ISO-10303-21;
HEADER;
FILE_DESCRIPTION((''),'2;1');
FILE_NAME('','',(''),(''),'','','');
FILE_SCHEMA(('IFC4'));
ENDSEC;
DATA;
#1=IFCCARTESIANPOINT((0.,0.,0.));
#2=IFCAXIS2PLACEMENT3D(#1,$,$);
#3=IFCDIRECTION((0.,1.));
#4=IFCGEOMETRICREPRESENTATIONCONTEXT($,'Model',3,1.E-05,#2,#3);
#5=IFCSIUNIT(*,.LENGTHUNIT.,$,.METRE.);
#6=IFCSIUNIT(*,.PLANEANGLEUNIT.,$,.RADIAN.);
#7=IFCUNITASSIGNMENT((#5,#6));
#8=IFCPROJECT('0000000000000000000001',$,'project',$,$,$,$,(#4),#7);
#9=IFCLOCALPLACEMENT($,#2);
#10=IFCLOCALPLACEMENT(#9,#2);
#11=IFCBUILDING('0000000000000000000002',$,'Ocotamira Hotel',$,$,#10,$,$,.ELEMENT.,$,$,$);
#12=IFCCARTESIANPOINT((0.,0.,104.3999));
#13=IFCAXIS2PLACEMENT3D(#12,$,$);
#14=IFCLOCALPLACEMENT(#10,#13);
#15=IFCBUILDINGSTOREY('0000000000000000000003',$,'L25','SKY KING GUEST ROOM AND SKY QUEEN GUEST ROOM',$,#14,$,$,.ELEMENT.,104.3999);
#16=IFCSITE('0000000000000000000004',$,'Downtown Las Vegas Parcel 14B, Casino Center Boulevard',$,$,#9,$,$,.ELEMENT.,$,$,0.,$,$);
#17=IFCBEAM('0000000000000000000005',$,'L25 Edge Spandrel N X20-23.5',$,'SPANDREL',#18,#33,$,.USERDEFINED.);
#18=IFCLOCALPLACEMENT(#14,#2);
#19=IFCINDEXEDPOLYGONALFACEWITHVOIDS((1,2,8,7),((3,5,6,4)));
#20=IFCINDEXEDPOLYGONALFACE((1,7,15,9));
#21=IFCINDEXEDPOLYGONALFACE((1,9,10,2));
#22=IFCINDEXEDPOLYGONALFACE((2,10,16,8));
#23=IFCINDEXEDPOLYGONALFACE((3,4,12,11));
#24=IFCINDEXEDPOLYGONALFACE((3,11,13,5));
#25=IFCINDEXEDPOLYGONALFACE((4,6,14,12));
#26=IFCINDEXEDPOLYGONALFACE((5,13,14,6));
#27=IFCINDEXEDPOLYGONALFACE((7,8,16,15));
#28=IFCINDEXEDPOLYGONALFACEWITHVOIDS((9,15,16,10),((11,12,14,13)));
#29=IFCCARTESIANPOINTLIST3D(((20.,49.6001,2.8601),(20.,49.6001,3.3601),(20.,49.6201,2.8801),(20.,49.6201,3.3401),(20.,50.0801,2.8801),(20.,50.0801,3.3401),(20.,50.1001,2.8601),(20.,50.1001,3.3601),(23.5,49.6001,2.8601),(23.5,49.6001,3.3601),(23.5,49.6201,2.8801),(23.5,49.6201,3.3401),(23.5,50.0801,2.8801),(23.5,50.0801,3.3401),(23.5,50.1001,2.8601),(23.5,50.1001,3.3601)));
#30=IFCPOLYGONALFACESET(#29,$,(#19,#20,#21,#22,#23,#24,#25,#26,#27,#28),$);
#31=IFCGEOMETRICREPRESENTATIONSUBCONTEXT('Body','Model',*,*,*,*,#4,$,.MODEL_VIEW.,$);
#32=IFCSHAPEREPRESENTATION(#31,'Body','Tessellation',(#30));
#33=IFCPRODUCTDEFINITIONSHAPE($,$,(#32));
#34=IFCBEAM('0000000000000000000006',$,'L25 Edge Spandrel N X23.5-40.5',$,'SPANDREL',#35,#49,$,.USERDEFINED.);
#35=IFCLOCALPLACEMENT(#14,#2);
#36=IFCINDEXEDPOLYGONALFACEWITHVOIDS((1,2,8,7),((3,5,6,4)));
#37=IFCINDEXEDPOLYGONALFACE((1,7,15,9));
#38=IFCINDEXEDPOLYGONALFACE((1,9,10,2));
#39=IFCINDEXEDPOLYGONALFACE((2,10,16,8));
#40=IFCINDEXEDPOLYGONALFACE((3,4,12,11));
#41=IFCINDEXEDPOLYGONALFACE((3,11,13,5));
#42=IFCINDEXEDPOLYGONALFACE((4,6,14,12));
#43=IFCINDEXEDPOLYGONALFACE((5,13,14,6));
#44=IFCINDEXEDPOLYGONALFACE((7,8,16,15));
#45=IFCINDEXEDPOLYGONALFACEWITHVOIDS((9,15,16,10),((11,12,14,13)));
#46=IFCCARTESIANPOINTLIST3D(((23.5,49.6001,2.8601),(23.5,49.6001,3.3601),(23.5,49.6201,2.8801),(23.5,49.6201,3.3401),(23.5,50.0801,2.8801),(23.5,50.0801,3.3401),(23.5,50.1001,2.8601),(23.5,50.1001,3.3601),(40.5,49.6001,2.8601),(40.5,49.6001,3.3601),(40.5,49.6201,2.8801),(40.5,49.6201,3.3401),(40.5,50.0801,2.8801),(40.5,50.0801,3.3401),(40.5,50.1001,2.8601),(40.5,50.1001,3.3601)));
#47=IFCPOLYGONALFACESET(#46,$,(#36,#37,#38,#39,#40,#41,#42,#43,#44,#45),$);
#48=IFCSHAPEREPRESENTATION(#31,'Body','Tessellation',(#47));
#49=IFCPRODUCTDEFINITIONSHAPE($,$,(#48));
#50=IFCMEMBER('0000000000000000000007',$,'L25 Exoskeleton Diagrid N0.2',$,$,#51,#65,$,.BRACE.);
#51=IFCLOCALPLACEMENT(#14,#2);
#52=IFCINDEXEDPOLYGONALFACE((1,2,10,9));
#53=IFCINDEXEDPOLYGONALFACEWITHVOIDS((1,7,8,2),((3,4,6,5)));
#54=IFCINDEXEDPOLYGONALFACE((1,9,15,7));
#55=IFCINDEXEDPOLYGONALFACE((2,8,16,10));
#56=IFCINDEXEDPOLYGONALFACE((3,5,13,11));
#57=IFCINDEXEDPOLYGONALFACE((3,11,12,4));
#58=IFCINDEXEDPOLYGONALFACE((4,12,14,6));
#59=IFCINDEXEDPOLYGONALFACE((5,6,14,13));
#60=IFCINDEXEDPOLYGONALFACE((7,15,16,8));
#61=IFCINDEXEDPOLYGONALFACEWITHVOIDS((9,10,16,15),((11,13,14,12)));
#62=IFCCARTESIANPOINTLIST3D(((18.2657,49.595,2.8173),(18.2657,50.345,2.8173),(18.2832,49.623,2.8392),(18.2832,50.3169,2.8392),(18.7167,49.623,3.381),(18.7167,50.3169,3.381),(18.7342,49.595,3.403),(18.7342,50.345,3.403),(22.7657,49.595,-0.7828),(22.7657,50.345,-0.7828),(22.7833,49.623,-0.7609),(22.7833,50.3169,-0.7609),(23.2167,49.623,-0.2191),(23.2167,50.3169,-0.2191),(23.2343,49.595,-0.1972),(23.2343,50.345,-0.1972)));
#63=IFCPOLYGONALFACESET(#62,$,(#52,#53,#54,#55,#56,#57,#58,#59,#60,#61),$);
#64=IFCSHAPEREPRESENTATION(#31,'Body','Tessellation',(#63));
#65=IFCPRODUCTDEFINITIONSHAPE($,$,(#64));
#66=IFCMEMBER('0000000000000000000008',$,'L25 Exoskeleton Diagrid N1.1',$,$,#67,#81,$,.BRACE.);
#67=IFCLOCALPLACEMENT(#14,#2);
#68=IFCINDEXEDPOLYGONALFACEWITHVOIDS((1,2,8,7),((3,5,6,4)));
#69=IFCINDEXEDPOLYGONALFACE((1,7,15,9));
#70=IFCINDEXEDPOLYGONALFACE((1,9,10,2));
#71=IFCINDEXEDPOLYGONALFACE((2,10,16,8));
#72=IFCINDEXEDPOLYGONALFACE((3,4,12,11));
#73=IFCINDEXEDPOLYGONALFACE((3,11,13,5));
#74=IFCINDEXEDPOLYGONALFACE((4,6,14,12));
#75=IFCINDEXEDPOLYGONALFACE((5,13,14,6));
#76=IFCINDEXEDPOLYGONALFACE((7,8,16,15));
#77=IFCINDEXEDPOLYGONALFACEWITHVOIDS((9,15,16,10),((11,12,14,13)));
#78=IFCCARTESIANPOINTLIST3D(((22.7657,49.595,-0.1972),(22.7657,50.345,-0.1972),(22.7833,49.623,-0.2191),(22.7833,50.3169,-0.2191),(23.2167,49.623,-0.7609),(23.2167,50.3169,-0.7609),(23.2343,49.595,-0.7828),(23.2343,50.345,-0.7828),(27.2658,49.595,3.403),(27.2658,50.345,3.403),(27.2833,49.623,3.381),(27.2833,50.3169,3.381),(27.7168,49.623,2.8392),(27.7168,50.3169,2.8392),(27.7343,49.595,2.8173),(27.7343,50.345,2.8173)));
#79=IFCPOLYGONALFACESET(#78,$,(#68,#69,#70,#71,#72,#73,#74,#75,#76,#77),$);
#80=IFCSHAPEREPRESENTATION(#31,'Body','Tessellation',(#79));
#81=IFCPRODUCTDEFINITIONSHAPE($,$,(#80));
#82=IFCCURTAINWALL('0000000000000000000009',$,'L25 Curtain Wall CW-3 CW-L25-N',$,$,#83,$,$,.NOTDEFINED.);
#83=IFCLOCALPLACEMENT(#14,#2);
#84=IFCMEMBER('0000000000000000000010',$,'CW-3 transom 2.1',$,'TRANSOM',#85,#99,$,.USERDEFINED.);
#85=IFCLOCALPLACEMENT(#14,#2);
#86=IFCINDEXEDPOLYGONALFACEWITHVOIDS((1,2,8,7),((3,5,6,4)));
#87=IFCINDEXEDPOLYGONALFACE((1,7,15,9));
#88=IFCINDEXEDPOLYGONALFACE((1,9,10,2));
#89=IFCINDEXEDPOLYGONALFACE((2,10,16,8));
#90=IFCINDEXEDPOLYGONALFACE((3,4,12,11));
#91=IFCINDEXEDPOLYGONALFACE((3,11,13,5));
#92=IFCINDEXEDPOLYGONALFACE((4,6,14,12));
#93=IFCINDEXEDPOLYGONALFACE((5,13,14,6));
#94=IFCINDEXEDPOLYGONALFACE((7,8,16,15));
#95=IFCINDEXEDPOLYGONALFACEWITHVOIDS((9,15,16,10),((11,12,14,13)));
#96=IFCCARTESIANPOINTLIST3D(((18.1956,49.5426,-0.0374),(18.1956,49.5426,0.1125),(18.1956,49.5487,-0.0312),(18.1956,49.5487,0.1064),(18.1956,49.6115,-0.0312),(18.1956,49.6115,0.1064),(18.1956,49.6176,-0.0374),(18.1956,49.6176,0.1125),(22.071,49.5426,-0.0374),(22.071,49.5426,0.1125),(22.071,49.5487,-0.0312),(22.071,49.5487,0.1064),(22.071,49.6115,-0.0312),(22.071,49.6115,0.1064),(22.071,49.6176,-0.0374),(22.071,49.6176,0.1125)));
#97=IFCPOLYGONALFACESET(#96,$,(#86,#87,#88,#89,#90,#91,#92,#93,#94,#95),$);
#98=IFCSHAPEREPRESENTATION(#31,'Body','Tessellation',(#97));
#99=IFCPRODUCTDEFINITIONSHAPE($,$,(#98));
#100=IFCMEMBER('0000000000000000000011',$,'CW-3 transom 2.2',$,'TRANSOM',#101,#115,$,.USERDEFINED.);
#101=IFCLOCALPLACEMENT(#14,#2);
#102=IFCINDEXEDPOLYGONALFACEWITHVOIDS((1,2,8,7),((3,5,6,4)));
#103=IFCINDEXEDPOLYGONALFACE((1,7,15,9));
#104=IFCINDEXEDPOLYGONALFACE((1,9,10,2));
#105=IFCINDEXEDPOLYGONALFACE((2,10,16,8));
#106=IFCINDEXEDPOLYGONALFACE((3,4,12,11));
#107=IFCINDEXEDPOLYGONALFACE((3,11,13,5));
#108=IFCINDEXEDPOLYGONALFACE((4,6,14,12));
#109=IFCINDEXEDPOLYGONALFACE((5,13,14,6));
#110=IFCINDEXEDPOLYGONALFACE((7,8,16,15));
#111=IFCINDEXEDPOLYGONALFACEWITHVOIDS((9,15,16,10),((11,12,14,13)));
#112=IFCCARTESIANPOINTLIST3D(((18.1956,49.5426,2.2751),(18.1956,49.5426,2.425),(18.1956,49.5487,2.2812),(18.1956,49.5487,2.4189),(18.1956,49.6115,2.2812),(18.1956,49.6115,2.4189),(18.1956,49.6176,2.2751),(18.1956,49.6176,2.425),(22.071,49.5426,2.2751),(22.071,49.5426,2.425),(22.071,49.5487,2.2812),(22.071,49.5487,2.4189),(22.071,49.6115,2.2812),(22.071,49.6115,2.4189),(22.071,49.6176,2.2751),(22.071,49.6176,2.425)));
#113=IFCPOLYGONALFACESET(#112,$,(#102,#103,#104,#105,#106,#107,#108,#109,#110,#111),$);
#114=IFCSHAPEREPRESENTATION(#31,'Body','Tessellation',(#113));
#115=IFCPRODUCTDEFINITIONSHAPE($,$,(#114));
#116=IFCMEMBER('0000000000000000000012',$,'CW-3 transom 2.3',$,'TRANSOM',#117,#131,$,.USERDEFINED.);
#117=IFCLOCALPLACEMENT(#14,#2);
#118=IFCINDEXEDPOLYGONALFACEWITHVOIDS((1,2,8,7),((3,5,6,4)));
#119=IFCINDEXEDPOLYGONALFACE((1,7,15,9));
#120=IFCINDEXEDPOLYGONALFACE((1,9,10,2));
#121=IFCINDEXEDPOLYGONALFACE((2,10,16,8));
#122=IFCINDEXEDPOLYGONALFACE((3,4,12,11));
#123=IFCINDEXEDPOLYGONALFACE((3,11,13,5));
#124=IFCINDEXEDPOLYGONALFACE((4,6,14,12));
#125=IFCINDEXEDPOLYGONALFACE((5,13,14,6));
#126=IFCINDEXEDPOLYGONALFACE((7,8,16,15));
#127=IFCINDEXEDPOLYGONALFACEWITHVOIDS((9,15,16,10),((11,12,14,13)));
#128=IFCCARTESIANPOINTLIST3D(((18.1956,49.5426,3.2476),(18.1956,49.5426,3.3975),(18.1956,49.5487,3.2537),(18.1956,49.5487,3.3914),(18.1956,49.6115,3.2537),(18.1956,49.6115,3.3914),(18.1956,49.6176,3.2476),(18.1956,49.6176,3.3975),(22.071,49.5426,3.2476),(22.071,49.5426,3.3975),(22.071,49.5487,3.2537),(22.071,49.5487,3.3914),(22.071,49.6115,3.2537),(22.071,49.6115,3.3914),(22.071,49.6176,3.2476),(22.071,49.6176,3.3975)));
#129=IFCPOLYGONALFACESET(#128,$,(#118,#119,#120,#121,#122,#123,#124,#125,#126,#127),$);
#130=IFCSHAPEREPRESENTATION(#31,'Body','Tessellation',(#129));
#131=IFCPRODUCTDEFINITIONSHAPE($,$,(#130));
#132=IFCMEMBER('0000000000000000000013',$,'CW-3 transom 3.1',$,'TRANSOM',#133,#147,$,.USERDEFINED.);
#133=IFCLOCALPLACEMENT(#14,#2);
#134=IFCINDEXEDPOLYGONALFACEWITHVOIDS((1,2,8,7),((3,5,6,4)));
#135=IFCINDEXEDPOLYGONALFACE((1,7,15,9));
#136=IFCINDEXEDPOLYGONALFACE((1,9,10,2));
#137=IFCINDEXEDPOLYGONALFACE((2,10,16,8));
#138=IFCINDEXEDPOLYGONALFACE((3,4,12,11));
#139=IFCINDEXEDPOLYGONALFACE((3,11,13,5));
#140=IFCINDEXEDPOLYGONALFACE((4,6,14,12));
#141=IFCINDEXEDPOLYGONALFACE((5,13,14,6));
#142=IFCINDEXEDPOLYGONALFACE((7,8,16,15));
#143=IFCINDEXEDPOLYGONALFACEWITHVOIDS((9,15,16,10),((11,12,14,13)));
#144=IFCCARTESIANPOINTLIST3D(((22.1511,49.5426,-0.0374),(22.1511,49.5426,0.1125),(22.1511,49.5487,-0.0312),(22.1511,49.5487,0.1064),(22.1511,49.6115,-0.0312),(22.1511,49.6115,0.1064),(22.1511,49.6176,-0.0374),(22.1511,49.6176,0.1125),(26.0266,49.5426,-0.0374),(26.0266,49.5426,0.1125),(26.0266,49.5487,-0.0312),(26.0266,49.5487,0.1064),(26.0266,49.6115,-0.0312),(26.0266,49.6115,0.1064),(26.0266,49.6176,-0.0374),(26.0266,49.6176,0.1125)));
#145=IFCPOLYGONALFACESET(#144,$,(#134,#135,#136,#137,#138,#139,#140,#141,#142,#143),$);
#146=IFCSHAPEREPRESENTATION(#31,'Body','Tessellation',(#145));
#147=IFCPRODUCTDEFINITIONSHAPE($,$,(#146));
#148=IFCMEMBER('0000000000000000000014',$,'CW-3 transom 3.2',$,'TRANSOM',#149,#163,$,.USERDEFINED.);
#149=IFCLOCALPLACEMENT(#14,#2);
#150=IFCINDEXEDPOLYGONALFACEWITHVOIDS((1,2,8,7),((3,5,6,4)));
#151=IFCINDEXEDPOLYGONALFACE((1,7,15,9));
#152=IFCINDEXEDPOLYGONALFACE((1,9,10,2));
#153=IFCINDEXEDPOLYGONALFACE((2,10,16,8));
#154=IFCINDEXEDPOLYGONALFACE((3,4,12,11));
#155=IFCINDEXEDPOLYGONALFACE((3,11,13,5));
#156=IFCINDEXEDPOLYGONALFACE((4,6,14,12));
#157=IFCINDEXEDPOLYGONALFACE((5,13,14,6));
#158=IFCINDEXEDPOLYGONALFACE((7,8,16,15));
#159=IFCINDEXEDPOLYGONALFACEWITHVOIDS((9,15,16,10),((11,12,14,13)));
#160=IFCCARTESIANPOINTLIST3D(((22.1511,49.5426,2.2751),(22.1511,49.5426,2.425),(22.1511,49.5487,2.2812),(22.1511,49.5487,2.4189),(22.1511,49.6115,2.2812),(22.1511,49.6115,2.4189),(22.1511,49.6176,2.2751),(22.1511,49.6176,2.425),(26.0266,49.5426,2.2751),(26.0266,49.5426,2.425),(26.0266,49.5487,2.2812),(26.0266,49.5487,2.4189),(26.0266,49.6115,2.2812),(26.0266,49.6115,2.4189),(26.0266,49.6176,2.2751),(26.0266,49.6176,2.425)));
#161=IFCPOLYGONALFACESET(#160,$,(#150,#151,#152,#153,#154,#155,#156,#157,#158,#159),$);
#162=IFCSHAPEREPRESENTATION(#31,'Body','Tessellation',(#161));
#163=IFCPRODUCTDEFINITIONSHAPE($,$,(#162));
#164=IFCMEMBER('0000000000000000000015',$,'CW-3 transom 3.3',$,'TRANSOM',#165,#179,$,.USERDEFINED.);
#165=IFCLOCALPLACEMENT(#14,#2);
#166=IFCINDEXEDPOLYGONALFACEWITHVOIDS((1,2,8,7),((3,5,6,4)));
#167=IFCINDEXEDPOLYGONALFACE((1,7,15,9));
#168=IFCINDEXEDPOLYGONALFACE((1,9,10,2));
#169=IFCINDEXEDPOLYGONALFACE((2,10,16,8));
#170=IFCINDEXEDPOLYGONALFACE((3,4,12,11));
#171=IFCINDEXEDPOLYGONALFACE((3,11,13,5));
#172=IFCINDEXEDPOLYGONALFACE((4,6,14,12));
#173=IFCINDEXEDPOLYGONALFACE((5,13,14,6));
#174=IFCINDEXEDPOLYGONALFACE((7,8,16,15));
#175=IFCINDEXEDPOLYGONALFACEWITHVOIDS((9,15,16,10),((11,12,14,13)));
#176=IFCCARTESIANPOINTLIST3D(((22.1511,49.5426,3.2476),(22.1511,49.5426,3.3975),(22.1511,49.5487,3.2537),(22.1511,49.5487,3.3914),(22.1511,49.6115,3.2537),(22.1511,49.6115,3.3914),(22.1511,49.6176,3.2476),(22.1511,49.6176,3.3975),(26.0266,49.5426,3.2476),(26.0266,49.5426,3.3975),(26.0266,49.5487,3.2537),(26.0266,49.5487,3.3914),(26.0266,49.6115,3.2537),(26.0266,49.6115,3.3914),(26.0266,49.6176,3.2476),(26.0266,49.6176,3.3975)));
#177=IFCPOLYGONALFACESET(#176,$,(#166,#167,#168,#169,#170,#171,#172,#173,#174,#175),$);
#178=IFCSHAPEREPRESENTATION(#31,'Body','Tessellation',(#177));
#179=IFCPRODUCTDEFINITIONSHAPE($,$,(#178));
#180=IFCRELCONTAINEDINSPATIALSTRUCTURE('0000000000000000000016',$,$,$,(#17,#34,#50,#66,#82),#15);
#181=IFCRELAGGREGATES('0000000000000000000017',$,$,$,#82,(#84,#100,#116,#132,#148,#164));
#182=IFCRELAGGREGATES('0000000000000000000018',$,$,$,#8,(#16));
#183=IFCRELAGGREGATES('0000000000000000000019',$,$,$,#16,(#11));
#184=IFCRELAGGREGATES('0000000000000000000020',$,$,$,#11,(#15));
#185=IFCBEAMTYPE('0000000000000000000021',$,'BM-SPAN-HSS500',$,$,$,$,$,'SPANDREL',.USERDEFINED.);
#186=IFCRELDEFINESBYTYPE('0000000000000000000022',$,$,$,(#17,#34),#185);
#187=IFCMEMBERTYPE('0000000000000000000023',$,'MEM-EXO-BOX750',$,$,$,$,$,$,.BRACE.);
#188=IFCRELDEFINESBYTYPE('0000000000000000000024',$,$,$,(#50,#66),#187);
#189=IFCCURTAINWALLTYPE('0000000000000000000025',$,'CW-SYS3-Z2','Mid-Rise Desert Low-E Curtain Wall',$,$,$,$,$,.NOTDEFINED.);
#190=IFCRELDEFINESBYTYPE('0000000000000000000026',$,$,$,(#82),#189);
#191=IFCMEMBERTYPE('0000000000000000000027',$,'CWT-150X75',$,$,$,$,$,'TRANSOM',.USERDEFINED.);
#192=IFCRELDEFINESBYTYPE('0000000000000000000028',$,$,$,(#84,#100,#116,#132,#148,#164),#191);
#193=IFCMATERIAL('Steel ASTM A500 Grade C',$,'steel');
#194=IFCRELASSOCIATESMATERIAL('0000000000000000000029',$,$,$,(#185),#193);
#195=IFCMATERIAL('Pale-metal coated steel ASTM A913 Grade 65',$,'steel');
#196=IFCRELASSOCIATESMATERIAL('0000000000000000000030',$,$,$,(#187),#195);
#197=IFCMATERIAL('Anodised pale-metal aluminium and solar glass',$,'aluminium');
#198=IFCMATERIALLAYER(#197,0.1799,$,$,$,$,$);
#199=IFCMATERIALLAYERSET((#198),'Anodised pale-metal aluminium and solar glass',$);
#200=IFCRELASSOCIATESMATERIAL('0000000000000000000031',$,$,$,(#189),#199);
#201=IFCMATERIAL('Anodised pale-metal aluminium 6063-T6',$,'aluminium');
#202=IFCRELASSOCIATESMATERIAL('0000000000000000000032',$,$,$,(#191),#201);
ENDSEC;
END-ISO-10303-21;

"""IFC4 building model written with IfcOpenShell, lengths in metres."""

from ifc_helpers import new_model, si_unit, direction, frame, origin, origin_2d, place, context, subcontext, project, spatial, hollow_rectangle, extrude, source, transform, mapped, material, layer, layer_set, material_profile, profile_set, type_object, element, aggregate, save


model = new_model("IFC4")

# Units and contexts
model_context = context("Model", 3, precision=1e-05, world=origin(), true_north=direction((0.0, 1.0)))
body_context = subcontext(model_context, "Body", "Model", "MODEL_VIEW")
ifc_project = project(units=[si_unit("LENGTHUNIT", "METRE"), si_unit("PLANEANGLEUNIT", "RADIAN")], contexts=[model_context])

# Site, building, storey
site_placement = place(None, origin())
site = spatial("IfcSite", under=ifc_project, at=site_placement, Name="Downtown Las Vegas Parcel 14B, Casino Center Boulevard", CompositionType="ELEMENT", RefElevation=0.0)
building_placement = place(site_placement, origin())
building = spatial("IfcBuilding", under=site, at=building_placement, Name="Ocotamira Hotel", CompositionType="ELEMENT")
storey_placement = place(building_placement, frame((0.0, 0.0, 104.3999)))
storey = spatial("IfcBuildingStorey", under=building, at=storey_placement, Name="L25", Description="SKY KING GUEST ROOM AND SKY QUEEN GUEST ROOM", CompositionType="ELEMENT", Elevation=104.3999)

# Beams
ifc_material_1 = material(Name="Steel ASTM A500 Grade C", Category="steel")
ifc_material_profile_1 = material_profile(ifc_material_1, hollow_rectangle(XDim=0.5, YDim=0.5, WallThickness=0.02, at=origin_2d()), Name="HSS500X500X20")
ifc_profile_set_1 = profile_set([ifc_material_profile_1], Name="Steel ASTM A500 Grade C")
beam_type_1 = type_object("IfcBeamType", Name="BM-SPAN-HSS500", ElementType="SPANDREL", PredefinedType="USERDEFINED", material=ifc_profile_set_1)
shared_shape_1 = source(origin(), body_context, "Body", "SweptSolid", [
    extrude(hollow_rectangle(XDim=0.5, YDim=0.5, WallThickness=0.02, at=origin_2d()), origin(), (0.0, 0.0, 1.0), 3.5),
])
beam_1_placement = place(storey_placement, frame((20.0, 49.8501, 3.1101), z_axis=(1.0, 0.0, 0.0), x_axis=(0.0, 1.0, 0.0)))
element("IfcBeam", 1, at=beam_1_placement, inside=storey, type_object=beam_type_1, Name="L25 Edge Spandrel N X20-23.5", ObjectType="SPANDREL", PredefinedType="USERDEFINED", context=body_context, shape_type="MappedRepresentation", body=[
    mapped(shared_shape_1, transform((0.0, 0.0, 0.0), scale=1.0)),
])
shared_shape_2 = source(origin(), body_context, "Body", "SweptSolid", [
    extrude(hollow_rectangle(XDim=0.5, YDim=0.5, WallThickness=0.02, at=origin_2d()), origin(), (0.0, 0.0, 1.0), 17.0),
])
beam_2_placement = place(storey_placement, frame((23.5, 49.8501, 3.1101), z_axis=(1.0, 0.0, 0.0), x_axis=(0.0, 1.0, 0.0)))
element("IfcBeam", 2, at=beam_2_placement, inside=storey, type_object=beam_type_1, Name="L25 Edge Spandrel N X23.5-40.5", ObjectType="SPANDREL", PredefinedType="USERDEFINED", context=body_context, shape_type="MappedRepresentation", body=[
    mapped(shared_shape_2, transform((0.0, 0.0, 0.0), scale=1.0)),
])

# Members
ifc_material_2 = material(Name="Pale-metal coated steel ASTM A913 Grade 65", Category="steel")
ifc_material_profile_2 = material_profile(ifc_material_2, hollow_rectangle(XDim=0.75, YDim=0.75, WallThickness=0.0281, at=origin_2d()), Name="BOX750X750X28")
ifc_profile_set_2 = profile_set([ifc_material_profile_2], Name="Pale-metal coated steel ASTM A913 Grade 65")
member_type_1 = type_object("IfcMemberType", Name="MEM-EXO-BOX750", PredefinedType="BRACE", material=ifc_profile_set_2)
shared_shape_3 = source(origin(), body_context, "Body", "SweptSolid", [
    extrude(hollow_rectangle(XDim=0.75, YDim=0.75, WallThickness=0.0281, at=origin_2d()), origin(), (0.0, 0.0, 1.0), 5.7629),
])
for number, where, z_axis, x_axis, name in (
    (3, (23.0, 49.97, -0.49), (-0.780861, 0.0, 0.624705), (0.0, -1.0, 0.0), "L25 Exoskeleton Diagrid N0.2"),
    (4, (23.0, 49.97, -0.49), (0.780861, 0.0, 0.624705), (0.0, 1.0, 0.0), "L25 Exoskeleton Diagrid N1.1"),
):
    element("IfcMember", number, at=place(storey_placement, frame(where, z_axis=z_axis, x_axis=x_axis)), inside=storey, type_object=member_type_1, Name=name, PredefinedType="BRACE", context=body_context, shape_type="MappedRepresentation", body=[
        mapped(shared_shape_3, transform((0.0, 0.0, 0.0), scale=1.0)),
    ])

# Curtain wall, members
ifc_material_3 = material(Name="Anodised pale-metal aluminium and solar glass", Category="aluminium")
ifc_layer_1 = layer(ifc_material_3, 0.1799)
ifc_layer_set_1 = layer_set([ifc_layer_1], Name="Anodised pale-metal aluminium and solar glass")
curtain_wall_type_1 = type_object("IfcCurtainWallType", Name="CW-SYS3-Z2", Description="Mid-Rise Desert Low-E Curtain Wall", PredefinedType="NOTDEFINED", material=ifc_layer_set_1)
curtain_wall_1_placement = place(storey_placement, origin())
curtain_wall_1 = element("IfcCurtainWall", 5, at=curtain_wall_1_placement, inside=storey, type_object=curtain_wall_type_1, Name="L25 Curtain Wall CW-3 CW-L25-N", PredefinedType="NOTDEFINED")
ifc_material_4 = material(Name="Anodised pale-metal aluminium 6063-T6", Category="aluminium")
ifc_material_profile_3 = material_profile(ifc_material_4, hollow_rectangle(XDim=0.075, YDim=0.1499, WallThickness=0.0061, at=origin_2d()), Name="HSS150X75X6")
ifc_profile_set_3 = profile_set([ifc_material_profile_3], Name="Anodised pale-metal aluminium 6063-T6")
member_type_2 = type_object("IfcMemberType", Name="CWT-150X75", ElementType="TRANSOM", PredefinedType="USERDEFINED", material=ifc_profile_set_3)
shared_shape_4 = source(origin(), body_context, "Body", "SweptSolid", [
    extrude(hollow_rectangle(XDim=0.075, YDim=0.1499, WallThickness=0.0061, at=origin_2d()), origin(), (0.0, 0.0, 1.0), 3.8755),
])
member_1_placement = place(storey_placement, frame((18.1956, 49.5801, 0.0376), z_axis=(1.0, 0.0, 0.0), x_axis=(0.0, 1.0, 0.0)))
member_1 = element("IfcMember", 6, at=member_1_placement, type_object=member_type_2, Name="CW-3 transom 2.1", ObjectType="TRANSOM", PredefinedType="USERDEFINED", context=body_context, shape_type="MappedRepresentation", body=[
    mapped(shared_shape_4, transform((0.0, 0.0, 0.0), scale=1.0)),
])
member_2_placement = place(storey_placement, frame((18.1956, 49.5801, 2.3501), z_axis=(1.0, 0.0, 0.0), x_axis=(0.0, 1.0, 0.0)))
member_2 = element("IfcMember", 7, at=member_2_placement, type_object=member_type_2, Name="CW-3 transom 2.2", ObjectType="TRANSOM", PredefinedType="USERDEFINED", context=body_context, shape_type="MappedRepresentation", body=[
    mapped(shared_shape_4, transform((0.0, 0.0, 0.0), scale=1.0)),
])
member_3_placement = place(storey_placement, frame((18.1956, 49.5801, 3.3225), z_axis=(1.0, 0.0, 0.0), x_axis=(0.0, 1.0, 0.0)))
member_3 = element("IfcMember", 8, at=member_3_placement, type_object=member_type_2, Name="CW-3 transom 2.3", ObjectType="TRANSOM", PredefinedType="USERDEFINED", context=body_context, shape_type="MappedRepresentation", body=[
    mapped(shared_shape_4, transform((0.0, 0.0, 0.0), scale=1.0)),
])
member_4_placement = place(storey_placement, frame((22.1511, 49.5801, 0.0376), z_axis=(1.0, 0.0, 0.0), x_axis=(0.0, 1.0, 0.0)))
member_4 = element("IfcMember", 9, at=member_4_placement, type_object=member_type_2, Name="CW-3 transom 3.1", ObjectType="TRANSOM", PredefinedType="USERDEFINED", context=body_context, shape_type="MappedRepresentation", body=[
    mapped(shared_shape_4, transform((0.0, 0.0, 0.0), scale=1.0)),
])
member_5_placement = place(storey_placement, frame((22.1511, 49.5801, 2.3501), z_axis=(1.0, 0.0, 0.0), x_axis=(0.0, 1.0, 0.0)))
member_5 = element("IfcMember", 10, at=member_5_placement, type_object=member_type_2, Name="CW-3 transom 3.2", ObjectType="TRANSOM", PredefinedType="USERDEFINED", context=body_context, shape_type="MappedRepresentation", body=[
    mapped(shared_shape_4, transform((0.0, 0.0, 0.0), scale=1.0)),
])
member_6_placement = place(storey_placement, frame((22.1511, 49.5801, 3.3225), z_axis=(1.0, 0.0, 0.0), x_axis=(0.0, 1.0, 0.0)))
member_6 = element("IfcMember", 11, at=member_6_placement, type_object=member_type_2, Name="CW-3 transom 3.3", ObjectType="TRANSOM", PredefinedType="USERDEFINED", context=body_context, shape_type="MappedRepresentation", body=[
    mapped(shared_shape_4, transform((0.0, 0.0, 0.0), scale=1.0)),
])

aggregate(curtain_wall_1, [member_1, member_2, member_3, member_4, member_5, member_6])

save(model, "model.ifc")
